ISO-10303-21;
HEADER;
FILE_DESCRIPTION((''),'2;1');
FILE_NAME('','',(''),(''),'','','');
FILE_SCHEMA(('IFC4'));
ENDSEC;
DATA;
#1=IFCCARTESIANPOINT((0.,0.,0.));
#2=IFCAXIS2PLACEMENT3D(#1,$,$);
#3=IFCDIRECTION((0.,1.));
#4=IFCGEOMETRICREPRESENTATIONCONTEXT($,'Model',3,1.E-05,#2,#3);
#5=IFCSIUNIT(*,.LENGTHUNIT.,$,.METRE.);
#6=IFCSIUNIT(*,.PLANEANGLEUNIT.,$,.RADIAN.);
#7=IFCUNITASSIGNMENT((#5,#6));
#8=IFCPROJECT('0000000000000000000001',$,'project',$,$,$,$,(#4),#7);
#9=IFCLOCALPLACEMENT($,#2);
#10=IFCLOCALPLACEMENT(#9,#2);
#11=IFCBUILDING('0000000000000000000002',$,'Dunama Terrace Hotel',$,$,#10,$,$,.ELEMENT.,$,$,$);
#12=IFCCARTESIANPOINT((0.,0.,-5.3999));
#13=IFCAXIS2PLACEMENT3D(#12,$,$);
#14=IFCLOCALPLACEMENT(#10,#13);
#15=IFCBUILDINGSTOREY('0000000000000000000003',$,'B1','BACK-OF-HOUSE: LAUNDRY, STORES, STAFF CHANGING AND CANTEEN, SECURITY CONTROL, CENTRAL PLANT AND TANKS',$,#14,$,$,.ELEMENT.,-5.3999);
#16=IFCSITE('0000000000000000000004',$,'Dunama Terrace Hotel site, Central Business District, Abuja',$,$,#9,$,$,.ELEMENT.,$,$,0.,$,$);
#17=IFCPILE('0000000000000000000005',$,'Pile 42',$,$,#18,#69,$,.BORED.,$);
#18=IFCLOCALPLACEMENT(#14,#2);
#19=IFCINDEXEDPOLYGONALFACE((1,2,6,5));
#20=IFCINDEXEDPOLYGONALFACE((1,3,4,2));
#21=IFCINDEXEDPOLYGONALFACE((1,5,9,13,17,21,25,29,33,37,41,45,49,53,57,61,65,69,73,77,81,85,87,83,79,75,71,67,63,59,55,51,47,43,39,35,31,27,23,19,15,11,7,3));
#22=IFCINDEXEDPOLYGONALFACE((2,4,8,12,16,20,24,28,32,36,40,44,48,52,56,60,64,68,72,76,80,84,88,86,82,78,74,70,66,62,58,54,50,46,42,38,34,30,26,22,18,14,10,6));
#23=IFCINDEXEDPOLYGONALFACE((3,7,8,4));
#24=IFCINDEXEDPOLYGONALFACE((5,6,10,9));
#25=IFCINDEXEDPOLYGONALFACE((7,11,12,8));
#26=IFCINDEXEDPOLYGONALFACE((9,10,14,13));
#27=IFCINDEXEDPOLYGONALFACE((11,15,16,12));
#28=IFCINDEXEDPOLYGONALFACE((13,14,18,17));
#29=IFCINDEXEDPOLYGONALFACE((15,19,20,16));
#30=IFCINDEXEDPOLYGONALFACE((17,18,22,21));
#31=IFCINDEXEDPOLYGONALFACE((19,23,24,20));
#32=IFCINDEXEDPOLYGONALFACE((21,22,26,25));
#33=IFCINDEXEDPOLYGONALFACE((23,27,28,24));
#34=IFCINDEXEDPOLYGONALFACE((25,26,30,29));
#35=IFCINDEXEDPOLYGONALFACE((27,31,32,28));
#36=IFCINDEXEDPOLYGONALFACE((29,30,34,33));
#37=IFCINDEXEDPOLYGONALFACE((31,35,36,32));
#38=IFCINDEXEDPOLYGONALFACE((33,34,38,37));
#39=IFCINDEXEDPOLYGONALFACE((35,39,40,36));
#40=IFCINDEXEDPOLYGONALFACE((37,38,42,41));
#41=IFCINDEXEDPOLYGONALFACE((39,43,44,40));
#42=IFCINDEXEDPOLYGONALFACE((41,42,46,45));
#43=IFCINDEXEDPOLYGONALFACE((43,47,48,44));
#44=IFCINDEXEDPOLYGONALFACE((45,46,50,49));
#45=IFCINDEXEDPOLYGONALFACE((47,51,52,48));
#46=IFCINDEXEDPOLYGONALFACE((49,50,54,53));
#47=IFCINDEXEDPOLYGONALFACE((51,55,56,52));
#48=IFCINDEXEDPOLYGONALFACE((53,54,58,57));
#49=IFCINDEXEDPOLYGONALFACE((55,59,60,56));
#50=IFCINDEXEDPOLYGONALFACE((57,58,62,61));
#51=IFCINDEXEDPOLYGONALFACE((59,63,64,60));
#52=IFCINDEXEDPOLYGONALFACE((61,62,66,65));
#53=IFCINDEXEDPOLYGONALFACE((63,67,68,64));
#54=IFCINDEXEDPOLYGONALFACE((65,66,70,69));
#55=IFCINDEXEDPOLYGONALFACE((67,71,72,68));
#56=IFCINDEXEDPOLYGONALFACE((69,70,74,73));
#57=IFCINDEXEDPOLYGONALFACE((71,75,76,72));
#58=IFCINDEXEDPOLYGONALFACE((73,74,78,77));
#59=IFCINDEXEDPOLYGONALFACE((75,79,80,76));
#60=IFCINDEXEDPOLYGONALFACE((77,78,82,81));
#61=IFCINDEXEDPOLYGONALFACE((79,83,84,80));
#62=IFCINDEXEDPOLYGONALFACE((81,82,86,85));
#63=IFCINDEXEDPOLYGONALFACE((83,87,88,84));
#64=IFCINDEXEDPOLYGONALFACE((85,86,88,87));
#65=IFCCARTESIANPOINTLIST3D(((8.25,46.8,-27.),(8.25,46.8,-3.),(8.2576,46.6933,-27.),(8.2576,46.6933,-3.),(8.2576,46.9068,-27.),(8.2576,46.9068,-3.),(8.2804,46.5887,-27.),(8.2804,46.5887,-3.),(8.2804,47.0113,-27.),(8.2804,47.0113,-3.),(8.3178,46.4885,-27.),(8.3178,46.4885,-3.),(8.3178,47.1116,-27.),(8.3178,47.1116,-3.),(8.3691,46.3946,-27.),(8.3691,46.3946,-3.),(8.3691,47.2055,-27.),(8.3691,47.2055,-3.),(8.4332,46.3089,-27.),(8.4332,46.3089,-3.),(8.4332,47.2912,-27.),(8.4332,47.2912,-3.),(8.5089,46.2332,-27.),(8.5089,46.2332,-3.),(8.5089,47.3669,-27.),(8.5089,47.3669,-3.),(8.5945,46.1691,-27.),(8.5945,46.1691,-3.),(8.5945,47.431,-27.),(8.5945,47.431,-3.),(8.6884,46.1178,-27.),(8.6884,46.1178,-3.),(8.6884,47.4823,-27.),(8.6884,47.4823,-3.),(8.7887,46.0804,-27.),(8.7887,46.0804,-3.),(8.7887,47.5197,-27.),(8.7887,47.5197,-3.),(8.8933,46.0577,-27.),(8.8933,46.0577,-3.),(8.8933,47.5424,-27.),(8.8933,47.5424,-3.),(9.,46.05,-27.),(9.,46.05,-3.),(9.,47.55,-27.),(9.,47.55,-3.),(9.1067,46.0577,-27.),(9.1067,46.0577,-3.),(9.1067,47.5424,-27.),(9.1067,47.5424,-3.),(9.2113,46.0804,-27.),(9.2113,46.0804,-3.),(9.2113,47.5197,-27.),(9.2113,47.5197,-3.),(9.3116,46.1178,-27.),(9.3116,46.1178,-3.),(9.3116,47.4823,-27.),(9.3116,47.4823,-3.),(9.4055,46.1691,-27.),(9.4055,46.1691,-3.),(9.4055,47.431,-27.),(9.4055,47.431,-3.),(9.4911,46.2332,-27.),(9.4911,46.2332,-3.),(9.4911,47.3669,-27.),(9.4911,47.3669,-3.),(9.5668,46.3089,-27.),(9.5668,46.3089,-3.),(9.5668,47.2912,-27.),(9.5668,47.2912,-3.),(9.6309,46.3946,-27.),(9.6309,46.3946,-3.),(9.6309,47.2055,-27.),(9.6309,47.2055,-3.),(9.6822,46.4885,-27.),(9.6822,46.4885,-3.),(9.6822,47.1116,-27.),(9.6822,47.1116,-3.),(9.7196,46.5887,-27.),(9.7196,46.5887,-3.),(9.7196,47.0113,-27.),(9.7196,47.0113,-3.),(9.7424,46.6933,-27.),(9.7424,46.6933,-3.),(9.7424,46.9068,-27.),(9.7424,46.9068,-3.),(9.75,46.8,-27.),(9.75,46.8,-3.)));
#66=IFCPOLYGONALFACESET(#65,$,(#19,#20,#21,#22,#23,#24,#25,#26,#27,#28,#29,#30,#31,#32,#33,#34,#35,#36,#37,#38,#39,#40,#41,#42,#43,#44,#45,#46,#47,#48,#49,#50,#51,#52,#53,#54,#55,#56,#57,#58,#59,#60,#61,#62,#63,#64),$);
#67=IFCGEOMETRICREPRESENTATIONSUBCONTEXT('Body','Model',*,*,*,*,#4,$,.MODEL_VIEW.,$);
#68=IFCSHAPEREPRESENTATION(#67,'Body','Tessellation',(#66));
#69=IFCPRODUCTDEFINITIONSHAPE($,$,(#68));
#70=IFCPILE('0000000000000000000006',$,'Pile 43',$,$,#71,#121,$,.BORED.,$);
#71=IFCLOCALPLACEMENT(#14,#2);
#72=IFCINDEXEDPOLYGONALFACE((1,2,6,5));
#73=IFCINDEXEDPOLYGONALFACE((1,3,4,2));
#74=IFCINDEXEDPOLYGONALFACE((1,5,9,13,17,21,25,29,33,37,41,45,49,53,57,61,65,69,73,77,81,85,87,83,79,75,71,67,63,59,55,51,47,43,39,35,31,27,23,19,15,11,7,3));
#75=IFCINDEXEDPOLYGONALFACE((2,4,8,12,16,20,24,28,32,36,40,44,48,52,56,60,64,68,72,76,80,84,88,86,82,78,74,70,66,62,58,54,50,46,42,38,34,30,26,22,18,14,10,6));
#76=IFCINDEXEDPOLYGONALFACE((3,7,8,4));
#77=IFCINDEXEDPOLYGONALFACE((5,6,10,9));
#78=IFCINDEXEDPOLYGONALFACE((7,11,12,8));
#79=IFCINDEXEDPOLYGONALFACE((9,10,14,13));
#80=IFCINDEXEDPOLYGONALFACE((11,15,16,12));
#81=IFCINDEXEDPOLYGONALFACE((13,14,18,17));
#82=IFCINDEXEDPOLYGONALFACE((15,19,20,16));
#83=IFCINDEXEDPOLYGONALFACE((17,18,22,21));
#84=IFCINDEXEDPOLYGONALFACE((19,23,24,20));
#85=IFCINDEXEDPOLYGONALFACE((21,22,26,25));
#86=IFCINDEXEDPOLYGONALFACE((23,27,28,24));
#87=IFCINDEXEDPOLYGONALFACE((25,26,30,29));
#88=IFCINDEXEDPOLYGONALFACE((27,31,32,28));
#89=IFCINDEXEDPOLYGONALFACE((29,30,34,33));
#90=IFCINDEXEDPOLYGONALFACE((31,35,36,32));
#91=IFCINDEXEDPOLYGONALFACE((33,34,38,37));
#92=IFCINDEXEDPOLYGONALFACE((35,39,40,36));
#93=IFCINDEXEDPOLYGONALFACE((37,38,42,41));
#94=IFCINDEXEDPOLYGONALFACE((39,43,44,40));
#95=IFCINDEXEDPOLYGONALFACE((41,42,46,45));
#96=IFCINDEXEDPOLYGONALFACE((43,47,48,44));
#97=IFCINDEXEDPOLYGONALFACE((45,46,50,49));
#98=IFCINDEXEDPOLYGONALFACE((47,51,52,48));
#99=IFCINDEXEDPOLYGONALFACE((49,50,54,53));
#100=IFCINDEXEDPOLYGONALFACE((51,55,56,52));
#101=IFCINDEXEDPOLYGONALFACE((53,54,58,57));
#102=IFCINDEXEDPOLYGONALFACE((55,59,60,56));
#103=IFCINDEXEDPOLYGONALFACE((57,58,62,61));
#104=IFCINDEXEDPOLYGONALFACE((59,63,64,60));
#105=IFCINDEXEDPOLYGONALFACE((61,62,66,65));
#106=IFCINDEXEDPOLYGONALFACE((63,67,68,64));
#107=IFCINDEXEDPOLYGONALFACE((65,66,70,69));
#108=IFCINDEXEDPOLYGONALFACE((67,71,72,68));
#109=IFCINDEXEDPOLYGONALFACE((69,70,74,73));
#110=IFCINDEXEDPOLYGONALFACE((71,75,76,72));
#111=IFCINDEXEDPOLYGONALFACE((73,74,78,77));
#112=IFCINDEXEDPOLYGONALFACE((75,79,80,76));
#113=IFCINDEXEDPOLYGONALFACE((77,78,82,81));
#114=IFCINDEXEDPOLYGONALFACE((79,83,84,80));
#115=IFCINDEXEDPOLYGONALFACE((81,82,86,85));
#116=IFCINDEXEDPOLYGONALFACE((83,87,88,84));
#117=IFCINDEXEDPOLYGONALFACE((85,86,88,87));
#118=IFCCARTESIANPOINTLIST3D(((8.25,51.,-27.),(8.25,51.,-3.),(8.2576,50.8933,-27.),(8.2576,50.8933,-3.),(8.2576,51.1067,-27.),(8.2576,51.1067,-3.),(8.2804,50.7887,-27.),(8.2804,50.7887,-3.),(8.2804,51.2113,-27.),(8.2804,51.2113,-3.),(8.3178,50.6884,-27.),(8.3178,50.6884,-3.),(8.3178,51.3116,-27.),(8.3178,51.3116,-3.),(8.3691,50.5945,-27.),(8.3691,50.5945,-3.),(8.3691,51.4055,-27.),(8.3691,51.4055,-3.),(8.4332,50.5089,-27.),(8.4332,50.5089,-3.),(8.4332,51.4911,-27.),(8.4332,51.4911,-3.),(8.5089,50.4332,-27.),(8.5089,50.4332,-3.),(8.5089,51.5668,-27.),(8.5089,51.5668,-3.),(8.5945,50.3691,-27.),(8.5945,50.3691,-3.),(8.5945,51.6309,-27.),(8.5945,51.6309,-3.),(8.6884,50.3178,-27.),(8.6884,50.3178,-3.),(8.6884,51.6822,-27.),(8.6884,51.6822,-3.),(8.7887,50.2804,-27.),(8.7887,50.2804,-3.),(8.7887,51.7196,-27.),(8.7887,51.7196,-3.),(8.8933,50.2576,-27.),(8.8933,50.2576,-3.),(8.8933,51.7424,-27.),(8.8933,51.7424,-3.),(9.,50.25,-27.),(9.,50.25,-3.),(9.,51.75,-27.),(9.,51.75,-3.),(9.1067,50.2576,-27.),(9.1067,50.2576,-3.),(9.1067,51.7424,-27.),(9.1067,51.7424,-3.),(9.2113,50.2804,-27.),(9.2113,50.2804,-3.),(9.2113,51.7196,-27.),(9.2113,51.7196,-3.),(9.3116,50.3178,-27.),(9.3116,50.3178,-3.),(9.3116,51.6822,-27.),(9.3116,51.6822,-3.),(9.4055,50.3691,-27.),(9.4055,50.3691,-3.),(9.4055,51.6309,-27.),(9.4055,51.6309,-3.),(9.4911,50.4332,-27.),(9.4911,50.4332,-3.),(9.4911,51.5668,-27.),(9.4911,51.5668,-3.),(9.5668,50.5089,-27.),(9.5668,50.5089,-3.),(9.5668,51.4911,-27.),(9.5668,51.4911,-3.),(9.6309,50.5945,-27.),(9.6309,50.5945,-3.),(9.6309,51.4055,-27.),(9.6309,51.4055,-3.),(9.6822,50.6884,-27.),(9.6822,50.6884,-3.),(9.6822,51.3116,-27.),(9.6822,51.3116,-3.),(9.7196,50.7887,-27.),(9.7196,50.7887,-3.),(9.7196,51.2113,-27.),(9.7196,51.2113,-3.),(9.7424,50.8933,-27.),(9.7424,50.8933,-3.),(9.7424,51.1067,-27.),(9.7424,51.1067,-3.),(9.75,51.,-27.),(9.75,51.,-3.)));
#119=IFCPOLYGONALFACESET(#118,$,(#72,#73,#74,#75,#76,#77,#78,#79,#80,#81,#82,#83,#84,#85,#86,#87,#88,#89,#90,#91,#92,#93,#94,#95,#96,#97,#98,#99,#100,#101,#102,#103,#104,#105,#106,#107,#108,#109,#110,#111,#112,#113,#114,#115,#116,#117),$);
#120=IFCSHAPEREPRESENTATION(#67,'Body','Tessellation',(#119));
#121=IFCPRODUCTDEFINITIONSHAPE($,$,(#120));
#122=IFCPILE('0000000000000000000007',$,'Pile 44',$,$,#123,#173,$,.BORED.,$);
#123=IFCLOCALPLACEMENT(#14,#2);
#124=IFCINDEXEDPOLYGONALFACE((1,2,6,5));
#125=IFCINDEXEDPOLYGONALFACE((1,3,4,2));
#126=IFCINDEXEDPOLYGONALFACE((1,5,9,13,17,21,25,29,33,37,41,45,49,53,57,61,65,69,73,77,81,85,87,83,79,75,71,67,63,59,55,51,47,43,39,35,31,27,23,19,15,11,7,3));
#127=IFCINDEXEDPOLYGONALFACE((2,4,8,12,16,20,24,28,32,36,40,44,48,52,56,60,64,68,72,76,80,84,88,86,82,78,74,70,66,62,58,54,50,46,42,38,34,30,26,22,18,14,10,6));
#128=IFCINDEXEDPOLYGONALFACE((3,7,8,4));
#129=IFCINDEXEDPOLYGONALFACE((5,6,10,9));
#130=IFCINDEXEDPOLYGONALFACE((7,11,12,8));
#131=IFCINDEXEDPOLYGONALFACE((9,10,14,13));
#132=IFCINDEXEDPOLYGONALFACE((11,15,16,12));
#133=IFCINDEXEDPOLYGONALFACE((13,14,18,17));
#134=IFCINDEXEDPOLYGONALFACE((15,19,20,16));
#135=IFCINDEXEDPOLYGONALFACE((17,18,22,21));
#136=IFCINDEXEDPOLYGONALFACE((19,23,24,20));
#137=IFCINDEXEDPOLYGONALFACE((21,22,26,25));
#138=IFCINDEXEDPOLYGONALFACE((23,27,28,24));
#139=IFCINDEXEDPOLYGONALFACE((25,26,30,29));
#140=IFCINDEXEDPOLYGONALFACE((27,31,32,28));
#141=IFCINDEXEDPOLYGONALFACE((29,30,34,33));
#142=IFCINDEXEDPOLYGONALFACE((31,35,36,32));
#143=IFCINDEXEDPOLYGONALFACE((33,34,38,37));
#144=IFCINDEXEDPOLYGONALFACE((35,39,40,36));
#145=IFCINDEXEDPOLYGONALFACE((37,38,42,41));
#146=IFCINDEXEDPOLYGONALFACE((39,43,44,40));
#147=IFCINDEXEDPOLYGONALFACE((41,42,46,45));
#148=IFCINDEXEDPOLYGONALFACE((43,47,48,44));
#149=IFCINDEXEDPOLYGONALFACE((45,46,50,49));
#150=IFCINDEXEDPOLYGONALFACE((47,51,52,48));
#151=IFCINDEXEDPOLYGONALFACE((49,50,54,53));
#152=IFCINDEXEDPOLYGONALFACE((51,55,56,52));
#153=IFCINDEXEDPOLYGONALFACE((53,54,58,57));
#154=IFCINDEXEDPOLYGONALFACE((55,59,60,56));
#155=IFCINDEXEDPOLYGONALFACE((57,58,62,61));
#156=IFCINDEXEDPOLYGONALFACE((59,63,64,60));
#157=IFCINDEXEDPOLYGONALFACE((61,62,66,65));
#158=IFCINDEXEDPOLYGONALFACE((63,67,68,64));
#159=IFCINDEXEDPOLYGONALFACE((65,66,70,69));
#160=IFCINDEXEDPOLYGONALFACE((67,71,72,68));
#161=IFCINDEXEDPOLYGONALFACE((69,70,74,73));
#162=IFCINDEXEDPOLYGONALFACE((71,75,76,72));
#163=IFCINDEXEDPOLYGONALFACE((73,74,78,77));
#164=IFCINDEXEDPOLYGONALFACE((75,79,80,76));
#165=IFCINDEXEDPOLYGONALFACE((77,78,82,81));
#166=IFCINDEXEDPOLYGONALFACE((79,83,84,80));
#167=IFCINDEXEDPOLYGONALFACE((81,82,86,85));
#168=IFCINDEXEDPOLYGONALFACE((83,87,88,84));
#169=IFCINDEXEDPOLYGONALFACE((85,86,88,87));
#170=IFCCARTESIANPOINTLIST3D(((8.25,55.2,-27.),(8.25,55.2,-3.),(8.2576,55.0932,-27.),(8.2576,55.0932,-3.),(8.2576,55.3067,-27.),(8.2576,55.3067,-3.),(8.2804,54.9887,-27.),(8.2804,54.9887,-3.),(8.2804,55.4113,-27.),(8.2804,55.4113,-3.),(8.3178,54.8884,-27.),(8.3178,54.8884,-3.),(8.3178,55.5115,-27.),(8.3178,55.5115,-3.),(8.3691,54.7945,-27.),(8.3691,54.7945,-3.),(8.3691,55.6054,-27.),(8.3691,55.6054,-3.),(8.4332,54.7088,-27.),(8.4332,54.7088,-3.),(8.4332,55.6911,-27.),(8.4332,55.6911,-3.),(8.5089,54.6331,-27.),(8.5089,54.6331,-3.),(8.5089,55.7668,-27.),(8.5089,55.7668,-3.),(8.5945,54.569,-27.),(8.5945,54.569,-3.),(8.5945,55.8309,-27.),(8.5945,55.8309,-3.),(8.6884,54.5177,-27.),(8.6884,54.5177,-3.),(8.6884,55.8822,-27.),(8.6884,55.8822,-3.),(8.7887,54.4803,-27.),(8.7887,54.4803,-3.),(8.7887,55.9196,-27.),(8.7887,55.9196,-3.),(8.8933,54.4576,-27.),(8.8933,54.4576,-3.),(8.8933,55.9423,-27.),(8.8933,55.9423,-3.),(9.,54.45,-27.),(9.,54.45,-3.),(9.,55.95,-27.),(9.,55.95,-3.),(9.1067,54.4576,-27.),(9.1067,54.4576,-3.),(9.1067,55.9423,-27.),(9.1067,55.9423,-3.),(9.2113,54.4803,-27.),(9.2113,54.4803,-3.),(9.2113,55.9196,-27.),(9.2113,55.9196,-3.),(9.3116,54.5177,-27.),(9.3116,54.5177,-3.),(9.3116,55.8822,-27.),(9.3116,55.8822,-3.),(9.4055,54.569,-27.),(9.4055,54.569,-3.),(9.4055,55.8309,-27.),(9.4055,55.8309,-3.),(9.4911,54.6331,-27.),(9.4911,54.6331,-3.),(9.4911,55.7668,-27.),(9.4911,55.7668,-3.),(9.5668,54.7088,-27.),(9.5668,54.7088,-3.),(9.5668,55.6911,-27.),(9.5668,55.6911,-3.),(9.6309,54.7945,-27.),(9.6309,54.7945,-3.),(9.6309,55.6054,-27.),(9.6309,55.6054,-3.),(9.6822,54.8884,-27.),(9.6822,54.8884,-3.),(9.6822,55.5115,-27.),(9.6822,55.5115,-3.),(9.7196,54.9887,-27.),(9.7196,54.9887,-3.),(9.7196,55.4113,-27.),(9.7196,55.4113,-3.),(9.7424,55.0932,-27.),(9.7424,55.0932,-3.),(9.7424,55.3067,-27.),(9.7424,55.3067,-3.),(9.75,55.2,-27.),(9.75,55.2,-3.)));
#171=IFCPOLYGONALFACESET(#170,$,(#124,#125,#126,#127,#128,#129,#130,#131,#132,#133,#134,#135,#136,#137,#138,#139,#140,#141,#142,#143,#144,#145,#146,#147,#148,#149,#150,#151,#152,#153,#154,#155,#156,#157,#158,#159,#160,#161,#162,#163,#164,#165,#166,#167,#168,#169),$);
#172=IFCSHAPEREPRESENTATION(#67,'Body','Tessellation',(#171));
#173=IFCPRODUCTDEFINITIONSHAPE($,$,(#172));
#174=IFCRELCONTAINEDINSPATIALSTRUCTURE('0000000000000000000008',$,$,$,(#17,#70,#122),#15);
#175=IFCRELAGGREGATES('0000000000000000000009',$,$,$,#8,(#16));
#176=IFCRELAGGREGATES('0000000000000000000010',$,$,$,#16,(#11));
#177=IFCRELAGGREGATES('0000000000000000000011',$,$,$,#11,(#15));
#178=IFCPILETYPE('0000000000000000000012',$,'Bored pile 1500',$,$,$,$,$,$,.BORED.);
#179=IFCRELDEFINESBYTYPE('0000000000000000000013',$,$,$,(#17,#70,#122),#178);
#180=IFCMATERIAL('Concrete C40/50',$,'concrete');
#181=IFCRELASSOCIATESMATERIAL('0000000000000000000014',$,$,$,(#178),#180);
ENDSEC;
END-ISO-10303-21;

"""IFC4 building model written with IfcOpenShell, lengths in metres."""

from ifc_helpers import new_model, si_unit, direction, frame, origin, origin_2d, place, context, subcontext, project, spatial, circle, extrude, material, material_profile, profile_set, type_object, element, save


model = new_model("IFC4")

# Units and contexts
model_context = context("Model", 3, precision=1e-05, world=origin(), true_north=direction((0.0, 1.0)))
body_context = subcontext(model_context, "Body", "Model", "MODEL_VIEW")
ifc_project = project(units=[si_unit("LENGTHUNIT", "METRE"), si_unit("PLANEANGLEUNIT", "RADIAN")], contexts=[model_context])

# Site, building, storey
site_placement = place(None, origin())
site = spatial("IfcSite", under=ifc_project, at=site_placement, Name="Dunama Terrace Hotel site, Central Business District, Abuja", CompositionType="ELEMENT", RefElevation=0.0)
building_placement = place(site_placement, origin())
building = spatial("IfcBuilding", under=site, at=building_placement, Name="Dunama Terrace Hotel", CompositionType="ELEMENT")
storey_placement = place(building_placement, frame((0.0, 0.0, -5.3999)))
storey = spatial("IfcBuildingStorey", under=building, at=storey_placement, Name="B1", Description="BACK-OF-HOUSE: LAUNDRY, STORES, STAFF CHANGING AND CANTEEN, SECURITY CONTROL, CENTRAL PLANT AND TANKS", CompositionType="ELEMENT", Elevation=-5.3999)

# Piles
ifc_material_1 = material(Name="Concrete C40/50", Category="concrete")
ifc_material_profile_1 = material_profile(ifc_material_1, circle(Radius=0.75, at=origin_2d()), Name="PILE D1500")
ifc_profile_set_1 = profile_set([ifc_material_profile_1], Name="Concrete C40/50")
pile_type = type_object("IfcPileType", Name="Bored pile 1500", PredefinedType="BORED", material=ifc_profile_set_1)
for number, where, z_axis, x_axis, name in (
    (1, (9.0, 46.8, -3.0), (0.0, 0.0, -1.0), (1.0, 0.0, 0.0), "Pile 42"),
    (2, (9.0, 51.0, -3.0), (0.0, 0.0, -1.0), (1.0, 0.0, 0.0), "Pile 43"),
    (3, (9.0, 55.2, -3.0), (0.0, 0.0, -1.0), (1.0, 0.0, 0.0), "Pile 44"),
):
    element("IfcPile", number, at=place(storey_placement, frame(where, z_axis=z_axis, x_axis=x_axis)), inside=storey, type_object=pile_type, Name=name, PredefinedType="BORED", context=body_context, shape_type="SweptSolid", body=[
        extrude(circle(Radius=0.75, at=origin_2d()), origin(), (0.0, 0.0, 1.0), 24.0),
    ])

save(model, "model.ifc")
